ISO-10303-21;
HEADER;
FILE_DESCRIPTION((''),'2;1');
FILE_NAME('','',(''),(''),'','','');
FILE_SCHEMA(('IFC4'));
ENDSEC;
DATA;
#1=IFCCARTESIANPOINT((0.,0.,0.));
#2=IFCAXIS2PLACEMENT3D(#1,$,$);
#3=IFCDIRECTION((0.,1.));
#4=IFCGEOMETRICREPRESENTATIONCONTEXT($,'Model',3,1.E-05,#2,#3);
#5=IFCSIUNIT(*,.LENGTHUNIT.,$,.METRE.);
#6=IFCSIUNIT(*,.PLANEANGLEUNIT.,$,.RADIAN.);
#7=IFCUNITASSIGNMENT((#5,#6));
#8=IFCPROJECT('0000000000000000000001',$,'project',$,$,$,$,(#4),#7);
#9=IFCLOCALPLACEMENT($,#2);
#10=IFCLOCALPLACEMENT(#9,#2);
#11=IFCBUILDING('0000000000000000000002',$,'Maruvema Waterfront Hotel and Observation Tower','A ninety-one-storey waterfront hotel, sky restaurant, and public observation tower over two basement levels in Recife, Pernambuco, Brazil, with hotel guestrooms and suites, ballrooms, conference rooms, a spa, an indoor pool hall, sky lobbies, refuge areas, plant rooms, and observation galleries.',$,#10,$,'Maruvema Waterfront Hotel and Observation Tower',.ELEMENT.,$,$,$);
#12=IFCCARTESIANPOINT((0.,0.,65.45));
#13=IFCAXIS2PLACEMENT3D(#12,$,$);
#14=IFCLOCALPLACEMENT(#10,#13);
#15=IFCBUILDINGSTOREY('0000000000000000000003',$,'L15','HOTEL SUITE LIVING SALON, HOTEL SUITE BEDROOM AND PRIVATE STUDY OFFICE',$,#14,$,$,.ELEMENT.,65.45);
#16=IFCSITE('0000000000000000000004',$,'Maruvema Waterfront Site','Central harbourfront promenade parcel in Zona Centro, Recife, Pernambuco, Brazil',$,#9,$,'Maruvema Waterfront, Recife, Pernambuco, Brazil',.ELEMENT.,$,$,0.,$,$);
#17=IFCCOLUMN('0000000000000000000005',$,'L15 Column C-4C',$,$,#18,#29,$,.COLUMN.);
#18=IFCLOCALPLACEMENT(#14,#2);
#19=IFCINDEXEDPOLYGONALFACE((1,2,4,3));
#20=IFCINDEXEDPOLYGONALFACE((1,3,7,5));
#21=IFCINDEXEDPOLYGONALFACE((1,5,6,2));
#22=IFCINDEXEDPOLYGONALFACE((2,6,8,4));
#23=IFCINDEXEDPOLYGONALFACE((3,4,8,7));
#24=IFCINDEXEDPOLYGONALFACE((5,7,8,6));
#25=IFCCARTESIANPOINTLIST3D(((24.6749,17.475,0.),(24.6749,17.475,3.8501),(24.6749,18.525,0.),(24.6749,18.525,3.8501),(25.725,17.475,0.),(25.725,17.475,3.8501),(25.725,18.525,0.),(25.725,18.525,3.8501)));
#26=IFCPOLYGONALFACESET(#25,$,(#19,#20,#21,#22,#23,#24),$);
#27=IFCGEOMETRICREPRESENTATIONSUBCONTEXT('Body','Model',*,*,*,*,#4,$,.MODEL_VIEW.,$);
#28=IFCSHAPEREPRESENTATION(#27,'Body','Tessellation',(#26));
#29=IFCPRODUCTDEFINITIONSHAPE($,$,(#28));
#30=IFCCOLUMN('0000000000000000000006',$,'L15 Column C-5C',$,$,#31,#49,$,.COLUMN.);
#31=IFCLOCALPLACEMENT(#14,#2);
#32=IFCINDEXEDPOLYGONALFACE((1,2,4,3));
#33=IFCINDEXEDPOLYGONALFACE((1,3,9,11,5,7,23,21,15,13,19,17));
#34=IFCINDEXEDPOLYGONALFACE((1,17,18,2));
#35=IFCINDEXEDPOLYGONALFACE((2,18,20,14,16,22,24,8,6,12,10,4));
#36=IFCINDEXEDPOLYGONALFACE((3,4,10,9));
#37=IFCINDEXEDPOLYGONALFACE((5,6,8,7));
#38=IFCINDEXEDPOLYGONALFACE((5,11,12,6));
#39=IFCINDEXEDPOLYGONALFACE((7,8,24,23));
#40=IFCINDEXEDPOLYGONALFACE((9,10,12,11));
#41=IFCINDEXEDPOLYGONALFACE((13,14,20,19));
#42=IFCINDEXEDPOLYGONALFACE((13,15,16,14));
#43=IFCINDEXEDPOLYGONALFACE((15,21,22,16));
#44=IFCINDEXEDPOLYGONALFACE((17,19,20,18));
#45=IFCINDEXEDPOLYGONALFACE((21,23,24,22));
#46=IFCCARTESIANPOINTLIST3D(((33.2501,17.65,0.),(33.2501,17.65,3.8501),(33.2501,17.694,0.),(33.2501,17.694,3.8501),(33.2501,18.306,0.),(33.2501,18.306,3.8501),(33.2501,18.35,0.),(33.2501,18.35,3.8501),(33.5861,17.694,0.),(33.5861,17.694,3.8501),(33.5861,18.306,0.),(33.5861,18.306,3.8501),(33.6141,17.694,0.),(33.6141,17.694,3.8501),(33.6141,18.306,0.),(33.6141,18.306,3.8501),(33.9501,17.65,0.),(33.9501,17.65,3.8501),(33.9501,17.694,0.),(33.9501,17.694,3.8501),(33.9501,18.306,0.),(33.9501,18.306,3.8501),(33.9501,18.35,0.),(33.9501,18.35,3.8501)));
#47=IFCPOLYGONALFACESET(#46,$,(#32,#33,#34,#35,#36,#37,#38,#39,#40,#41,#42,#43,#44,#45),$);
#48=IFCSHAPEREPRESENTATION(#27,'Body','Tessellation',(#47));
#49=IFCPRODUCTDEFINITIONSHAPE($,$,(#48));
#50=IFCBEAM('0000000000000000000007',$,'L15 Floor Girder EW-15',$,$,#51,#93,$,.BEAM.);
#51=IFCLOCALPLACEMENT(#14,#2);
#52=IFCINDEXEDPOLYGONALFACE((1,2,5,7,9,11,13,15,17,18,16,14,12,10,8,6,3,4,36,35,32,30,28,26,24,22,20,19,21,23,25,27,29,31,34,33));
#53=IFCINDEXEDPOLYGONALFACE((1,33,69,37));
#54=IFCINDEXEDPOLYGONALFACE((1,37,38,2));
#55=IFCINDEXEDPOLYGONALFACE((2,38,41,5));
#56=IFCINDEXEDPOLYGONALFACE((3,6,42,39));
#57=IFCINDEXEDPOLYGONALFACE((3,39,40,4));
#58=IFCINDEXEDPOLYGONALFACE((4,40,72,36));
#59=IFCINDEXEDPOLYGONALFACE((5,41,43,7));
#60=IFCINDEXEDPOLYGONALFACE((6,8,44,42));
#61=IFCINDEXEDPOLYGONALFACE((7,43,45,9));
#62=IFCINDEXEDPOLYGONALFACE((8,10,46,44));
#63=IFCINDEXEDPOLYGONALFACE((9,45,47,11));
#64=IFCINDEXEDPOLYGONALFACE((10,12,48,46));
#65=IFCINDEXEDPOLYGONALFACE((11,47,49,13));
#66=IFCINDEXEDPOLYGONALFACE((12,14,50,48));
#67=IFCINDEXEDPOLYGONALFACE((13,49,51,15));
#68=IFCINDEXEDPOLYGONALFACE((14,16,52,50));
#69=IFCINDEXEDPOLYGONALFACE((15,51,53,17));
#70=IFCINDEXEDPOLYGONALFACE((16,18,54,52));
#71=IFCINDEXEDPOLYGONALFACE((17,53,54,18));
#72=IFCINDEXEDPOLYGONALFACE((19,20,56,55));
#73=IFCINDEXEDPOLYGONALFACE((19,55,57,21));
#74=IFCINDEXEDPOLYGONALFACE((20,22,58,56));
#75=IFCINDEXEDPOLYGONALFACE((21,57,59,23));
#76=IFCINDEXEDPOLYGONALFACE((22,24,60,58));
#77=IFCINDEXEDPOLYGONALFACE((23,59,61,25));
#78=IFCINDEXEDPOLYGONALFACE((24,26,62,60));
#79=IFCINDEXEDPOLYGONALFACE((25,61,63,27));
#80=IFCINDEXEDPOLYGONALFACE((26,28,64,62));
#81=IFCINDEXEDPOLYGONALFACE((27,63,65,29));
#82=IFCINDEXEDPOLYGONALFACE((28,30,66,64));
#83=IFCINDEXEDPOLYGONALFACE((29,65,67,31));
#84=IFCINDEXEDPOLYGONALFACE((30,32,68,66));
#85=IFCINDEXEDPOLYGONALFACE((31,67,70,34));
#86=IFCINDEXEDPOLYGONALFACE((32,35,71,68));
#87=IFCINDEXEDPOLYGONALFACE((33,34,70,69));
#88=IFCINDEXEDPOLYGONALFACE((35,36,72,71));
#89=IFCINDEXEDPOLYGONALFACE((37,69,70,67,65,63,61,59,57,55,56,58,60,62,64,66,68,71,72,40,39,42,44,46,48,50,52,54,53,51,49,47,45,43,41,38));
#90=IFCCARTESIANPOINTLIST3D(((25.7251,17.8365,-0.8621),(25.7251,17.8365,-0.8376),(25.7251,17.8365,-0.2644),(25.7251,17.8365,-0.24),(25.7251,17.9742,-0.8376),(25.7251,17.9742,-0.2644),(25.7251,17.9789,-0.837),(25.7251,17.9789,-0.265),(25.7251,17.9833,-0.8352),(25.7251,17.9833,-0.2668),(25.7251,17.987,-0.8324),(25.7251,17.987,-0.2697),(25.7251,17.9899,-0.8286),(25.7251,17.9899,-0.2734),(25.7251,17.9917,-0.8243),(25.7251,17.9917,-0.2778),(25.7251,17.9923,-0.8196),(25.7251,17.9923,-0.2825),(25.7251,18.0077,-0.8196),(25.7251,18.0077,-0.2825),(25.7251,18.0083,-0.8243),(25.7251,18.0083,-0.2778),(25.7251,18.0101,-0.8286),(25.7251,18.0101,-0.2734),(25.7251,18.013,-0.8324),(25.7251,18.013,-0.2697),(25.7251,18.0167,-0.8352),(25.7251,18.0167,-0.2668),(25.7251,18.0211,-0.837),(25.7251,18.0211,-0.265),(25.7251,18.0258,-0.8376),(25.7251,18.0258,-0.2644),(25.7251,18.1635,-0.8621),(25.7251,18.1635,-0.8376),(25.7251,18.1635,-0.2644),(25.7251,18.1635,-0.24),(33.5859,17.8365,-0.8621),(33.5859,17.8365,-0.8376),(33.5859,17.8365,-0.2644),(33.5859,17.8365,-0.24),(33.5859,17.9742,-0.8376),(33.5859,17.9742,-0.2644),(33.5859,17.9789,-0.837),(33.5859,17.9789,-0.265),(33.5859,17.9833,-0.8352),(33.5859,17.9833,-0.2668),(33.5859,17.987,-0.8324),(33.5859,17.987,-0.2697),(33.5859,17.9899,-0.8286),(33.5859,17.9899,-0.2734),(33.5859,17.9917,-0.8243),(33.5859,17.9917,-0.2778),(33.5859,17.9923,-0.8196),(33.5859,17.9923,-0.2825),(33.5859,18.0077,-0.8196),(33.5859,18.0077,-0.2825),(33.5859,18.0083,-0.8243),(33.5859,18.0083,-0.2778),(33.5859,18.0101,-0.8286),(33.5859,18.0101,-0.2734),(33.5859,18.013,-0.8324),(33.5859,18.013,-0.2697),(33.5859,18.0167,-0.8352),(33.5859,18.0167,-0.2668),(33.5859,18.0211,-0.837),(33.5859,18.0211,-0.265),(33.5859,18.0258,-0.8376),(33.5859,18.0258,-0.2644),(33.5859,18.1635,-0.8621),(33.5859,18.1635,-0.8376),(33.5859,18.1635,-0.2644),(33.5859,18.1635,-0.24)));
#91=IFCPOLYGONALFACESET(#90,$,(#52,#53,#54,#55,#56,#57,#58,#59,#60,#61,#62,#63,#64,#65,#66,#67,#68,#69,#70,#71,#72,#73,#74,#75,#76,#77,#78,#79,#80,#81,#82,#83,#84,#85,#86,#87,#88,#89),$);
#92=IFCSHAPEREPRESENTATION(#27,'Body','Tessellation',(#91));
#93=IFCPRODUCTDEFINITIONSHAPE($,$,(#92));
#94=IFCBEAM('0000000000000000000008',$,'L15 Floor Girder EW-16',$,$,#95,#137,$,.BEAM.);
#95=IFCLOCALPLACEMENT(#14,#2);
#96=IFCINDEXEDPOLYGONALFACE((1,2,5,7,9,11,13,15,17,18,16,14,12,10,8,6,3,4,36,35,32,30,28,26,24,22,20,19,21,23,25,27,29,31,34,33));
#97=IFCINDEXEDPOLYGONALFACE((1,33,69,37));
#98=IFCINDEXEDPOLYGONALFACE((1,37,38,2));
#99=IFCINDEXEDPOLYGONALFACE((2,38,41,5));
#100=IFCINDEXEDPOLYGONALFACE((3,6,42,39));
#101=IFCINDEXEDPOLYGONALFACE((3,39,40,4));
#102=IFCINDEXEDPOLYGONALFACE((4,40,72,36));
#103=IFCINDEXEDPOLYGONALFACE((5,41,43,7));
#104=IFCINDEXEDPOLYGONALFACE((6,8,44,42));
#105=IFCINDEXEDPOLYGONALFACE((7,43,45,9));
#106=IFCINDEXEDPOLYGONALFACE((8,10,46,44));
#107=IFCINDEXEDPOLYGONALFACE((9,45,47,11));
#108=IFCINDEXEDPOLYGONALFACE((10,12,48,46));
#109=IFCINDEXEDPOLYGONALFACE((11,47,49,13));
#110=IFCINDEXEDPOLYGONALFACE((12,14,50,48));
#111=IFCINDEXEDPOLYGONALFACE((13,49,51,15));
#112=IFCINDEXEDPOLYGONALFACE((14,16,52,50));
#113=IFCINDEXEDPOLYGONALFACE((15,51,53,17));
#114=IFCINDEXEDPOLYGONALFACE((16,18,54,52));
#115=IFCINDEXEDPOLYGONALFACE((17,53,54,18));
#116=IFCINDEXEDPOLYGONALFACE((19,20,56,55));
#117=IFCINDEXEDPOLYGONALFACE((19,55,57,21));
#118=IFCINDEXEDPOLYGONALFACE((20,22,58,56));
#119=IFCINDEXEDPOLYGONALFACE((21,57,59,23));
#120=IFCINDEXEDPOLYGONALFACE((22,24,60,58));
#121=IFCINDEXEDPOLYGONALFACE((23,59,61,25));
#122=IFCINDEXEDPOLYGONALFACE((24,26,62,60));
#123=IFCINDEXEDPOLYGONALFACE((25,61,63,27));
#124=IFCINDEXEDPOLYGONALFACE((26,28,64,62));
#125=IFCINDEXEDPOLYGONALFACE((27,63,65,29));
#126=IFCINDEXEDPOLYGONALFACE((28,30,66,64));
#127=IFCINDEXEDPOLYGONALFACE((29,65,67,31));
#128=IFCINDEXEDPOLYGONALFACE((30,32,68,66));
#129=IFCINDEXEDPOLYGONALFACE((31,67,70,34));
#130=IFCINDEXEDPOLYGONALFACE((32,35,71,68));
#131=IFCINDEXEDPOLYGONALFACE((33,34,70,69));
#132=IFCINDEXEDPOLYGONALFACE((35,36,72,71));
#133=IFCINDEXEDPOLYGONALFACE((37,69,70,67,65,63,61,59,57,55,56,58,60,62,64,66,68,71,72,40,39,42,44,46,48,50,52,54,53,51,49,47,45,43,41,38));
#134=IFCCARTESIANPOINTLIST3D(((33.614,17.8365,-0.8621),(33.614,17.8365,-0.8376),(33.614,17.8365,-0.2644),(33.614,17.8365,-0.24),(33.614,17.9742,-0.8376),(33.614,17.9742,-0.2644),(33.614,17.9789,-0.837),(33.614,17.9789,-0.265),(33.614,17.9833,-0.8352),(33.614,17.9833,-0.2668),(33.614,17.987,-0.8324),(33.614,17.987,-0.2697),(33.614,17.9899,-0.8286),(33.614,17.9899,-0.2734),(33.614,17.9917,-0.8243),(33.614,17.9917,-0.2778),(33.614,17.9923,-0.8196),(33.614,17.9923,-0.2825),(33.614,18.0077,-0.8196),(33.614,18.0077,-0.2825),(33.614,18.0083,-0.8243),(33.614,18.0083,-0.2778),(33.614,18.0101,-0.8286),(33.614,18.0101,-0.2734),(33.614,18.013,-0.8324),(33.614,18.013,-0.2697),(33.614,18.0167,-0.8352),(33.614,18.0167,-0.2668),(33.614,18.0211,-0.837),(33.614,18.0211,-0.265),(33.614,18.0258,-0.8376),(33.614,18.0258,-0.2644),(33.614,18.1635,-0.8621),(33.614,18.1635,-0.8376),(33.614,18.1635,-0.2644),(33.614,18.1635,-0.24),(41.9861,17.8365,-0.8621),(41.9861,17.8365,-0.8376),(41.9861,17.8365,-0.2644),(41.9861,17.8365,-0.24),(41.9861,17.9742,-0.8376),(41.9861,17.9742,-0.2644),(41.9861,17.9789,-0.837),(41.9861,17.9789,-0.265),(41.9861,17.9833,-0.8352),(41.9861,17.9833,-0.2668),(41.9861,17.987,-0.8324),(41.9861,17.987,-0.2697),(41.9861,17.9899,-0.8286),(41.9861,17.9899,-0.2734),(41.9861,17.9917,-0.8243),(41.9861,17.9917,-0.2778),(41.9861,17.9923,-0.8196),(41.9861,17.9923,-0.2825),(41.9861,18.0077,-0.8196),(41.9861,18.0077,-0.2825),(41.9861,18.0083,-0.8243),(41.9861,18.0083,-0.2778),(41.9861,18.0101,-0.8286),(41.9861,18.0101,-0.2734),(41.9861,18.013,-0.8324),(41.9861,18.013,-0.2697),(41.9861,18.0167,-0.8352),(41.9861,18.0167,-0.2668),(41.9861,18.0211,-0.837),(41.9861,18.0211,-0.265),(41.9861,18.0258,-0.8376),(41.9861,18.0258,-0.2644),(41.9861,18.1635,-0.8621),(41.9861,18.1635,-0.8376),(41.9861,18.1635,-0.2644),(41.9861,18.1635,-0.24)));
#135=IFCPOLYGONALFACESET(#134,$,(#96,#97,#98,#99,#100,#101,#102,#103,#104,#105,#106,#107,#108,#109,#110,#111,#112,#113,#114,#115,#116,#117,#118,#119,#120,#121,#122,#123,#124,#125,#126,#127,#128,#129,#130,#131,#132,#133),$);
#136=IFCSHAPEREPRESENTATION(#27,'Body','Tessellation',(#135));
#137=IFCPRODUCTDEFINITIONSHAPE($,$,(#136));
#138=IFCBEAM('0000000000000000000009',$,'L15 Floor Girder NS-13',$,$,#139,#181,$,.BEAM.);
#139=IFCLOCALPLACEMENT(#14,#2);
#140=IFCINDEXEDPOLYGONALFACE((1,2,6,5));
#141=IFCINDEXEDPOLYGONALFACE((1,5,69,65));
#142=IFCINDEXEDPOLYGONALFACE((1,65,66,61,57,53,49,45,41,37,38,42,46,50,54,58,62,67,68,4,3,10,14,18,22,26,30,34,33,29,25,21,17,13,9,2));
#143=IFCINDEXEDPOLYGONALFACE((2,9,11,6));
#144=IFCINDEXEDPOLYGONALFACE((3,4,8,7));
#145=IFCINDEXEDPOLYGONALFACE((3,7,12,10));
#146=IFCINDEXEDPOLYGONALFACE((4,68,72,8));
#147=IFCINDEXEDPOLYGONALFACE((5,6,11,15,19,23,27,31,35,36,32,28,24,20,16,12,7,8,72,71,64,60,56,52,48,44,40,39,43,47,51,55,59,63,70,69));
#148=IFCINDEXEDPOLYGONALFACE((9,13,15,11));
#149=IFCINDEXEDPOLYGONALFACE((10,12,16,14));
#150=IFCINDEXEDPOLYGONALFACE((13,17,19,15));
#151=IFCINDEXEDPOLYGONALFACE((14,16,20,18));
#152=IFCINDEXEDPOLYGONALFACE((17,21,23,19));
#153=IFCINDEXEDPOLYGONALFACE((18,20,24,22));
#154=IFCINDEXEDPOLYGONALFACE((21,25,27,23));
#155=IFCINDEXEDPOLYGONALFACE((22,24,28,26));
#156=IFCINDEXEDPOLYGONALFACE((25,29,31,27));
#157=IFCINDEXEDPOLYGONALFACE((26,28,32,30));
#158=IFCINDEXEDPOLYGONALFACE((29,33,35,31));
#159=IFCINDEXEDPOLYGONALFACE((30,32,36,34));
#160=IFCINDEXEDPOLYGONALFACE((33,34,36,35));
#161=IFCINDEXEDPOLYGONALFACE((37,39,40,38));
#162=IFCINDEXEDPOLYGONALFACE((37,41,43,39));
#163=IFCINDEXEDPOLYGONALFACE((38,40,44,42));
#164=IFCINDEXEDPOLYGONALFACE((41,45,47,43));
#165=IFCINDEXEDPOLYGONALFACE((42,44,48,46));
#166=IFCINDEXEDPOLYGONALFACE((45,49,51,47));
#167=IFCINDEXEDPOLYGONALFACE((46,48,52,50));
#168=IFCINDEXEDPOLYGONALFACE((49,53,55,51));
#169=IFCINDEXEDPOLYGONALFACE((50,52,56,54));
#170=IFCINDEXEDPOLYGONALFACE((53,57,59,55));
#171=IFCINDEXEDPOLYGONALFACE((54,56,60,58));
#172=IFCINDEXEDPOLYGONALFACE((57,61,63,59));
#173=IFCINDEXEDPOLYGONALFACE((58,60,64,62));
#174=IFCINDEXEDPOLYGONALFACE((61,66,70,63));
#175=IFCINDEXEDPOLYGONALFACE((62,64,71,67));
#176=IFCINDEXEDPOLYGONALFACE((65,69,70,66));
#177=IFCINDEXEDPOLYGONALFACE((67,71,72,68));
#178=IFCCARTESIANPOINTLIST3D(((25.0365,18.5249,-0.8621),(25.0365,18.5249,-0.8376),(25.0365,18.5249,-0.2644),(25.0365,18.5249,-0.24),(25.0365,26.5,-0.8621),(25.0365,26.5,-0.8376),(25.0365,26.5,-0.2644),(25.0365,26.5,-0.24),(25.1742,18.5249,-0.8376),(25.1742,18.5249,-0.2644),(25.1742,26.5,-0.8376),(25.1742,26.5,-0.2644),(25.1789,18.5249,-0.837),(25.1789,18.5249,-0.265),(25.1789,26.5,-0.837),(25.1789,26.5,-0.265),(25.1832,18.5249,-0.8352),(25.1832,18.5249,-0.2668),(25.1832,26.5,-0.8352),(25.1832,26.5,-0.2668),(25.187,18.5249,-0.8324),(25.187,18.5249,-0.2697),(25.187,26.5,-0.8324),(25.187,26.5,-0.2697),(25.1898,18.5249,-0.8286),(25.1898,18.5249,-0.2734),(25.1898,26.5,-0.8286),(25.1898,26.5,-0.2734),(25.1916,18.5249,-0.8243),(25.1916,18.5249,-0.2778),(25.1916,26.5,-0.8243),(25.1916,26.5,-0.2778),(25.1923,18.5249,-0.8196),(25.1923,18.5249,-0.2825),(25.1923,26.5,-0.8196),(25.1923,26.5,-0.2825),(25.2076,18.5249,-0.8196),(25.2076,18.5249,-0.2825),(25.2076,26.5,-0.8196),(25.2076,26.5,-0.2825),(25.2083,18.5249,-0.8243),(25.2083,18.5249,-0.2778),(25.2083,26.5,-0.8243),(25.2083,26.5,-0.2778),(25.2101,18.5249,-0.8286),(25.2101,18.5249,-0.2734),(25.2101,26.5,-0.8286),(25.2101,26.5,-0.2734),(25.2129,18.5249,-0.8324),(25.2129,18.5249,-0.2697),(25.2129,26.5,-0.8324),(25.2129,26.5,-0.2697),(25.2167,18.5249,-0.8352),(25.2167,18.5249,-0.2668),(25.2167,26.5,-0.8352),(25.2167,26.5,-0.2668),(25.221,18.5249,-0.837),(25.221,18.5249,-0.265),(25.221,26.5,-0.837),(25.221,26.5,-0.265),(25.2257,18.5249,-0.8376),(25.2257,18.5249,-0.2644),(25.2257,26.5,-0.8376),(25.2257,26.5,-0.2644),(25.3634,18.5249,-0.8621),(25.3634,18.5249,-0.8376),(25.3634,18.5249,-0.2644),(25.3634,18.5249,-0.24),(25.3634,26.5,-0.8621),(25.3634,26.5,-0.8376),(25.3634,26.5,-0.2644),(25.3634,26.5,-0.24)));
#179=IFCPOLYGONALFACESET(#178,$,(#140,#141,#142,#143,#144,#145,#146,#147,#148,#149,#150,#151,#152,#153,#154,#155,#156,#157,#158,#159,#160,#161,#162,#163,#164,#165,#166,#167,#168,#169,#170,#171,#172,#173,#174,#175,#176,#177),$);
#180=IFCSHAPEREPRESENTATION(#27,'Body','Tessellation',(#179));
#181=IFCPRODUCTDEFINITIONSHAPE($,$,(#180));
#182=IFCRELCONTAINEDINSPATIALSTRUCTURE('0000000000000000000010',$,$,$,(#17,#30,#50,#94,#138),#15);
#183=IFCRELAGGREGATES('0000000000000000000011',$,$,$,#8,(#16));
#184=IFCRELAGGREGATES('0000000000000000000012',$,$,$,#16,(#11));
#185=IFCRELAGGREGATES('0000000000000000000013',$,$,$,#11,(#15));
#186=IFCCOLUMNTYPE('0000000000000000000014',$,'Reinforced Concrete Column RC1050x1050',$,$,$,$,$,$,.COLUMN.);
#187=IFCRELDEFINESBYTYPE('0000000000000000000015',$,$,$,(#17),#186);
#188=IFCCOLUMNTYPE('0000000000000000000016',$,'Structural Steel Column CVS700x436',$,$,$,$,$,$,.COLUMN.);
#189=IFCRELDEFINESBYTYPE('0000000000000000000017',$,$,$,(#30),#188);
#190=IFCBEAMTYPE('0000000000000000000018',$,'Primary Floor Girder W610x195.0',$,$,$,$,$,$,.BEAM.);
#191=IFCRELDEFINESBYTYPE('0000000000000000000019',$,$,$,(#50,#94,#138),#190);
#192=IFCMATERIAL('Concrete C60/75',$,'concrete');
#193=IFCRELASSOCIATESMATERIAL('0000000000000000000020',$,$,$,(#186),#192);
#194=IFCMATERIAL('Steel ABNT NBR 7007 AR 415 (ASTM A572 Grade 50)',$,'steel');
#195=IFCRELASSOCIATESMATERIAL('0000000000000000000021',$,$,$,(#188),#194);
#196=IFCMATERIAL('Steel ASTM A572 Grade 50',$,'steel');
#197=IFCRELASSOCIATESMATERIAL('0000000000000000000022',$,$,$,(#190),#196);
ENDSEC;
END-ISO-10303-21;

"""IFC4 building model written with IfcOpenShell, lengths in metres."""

from ifc_helpers import new_model, si_unit, direction, frame, origin, origin_2d, place, context, subcontext, project, spatial, rectangle, i_section, extrude, material, material_profile, profile_set, type_object, element, save


model = new_model("IFC4")

# Units and contexts
model_context = context("Model", 3, precision=1e-05, world=origin(), true_north=direction((0.0, 1.0)))
body_context = subcontext(model_context, "Body", "Model", "MODEL_VIEW")
ifc_project = project(units=[si_unit("LENGTHUNIT", "METRE"), si_unit("PLANEANGLEUNIT", "RADIAN")], contexts=[model_context])

# Site, building, storey
site_placement = place(None, origin())
site = spatial("IfcSite", under=ifc_project, at=site_placement, Name="Maruvema Waterfront Site", Description="Central harbourfront promenade parcel in Zona Centro, Recife, Pernambuco, Brazil", LongName="Maruvema Waterfront, Recife, Pernambuco, Brazil", CompositionType="ELEMENT", RefElevation=0.0)
building_placement = place(site_placement, origin())
building = spatial("IfcBuilding", under=site, at=building_placement, Name="Maruvema Waterfront Hotel and Observation Tower", Description="A ninety-one-storey waterfront hotel, sky restaurant, and public observation tower over two basement levels in Recife, Pernambuco, Brazil, with hotel guestrooms and suites, ballrooms, conference rooms, a spa, an indoor pool hall, sky lobbies, refuge areas, plant rooms, and observation galleries.", LongName="Maruvema Waterfront Hotel and Observation Tower", CompositionType="ELEMENT")
storey_placement = place(building_placement, frame((0.0, 0.0, 65.45)))
storey = spatial("IfcBuildingStorey", under=building, at=storey_placement, Name="L15", Description="HOTEL SUITE LIVING SALON, HOTEL SUITE BEDROOM AND PRIVATE STUDY OFFICE", CompositionType="ELEMENT", Elevation=65.45)

# Columns
ifc_material_1 = material(Name="Concrete C60/75", Category="concrete")
ifc_material_profile_1 = material_profile(ifc_material_1, rectangle(XDim=1.05, YDim=1.05, at=origin_2d()), Name="RC1050x1050")
ifc_profile_set_1 = profile_set([ifc_material_profile_1], Name="Concrete C60/75")
column_type_1 = type_object("IfcColumnType", Name="Reinforced Concrete Column RC1050x1050", PredefinedType="COLUMN", material=ifc_profile_set_1)
column_1_placement = place(storey_placement, frame((25.2, 18.0, 0.0), z_axis=(0.0, 0.0, 1.0), x_axis=(1.0, 0.0, 0.0)))
element("IfcColumn", 1, at=column_1_placement, inside=storey, type_object=column_type_1, Name="L15 Column C-4C", PredefinedType="COLUMN", context=body_context, shape_type="SweptSolid", body=[
    extrude(rectangle(XDim=1.05, YDim=1.05, at=origin_2d()), origin(), (0.0, 0.0, 1.0), 3.8501),
])
ifc_material_2 = material(Name="Steel ABNT NBR 7007 AR 415 (ASTM A572 Grade 50)", Category="steel")
ifc_material_profile_2 = material_profile(ifc_material_2, i_section(OverallWidth=0.7, OverallDepth=0.7, WebThickness=0.0281, FlangeThickness=0.0439, at=origin_2d()), Name="CVS700x436")
ifc_profile_set_2 = profile_set([ifc_material_profile_2], Name="Steel ABNT NBR 7007 AR 415 (ASTM A572 Grade 50)")
column_type_2 = type_object("IfcColumnType", Name="Structural Steel Column CVS700x436", PredefinedType="COLUMN", material=ifc_profile_set_2)
column_2_placement = place(storey_placement, frame((33.6001, 18.0, 0.0), z_axis=(0.0, 0.0, 1.0), x_axis=(1.0, 0.0, 0.0)))
element("IfcColumn", 2, at=column_2_placement, inside=storey, type_object=column_type_2, Name="L15 Column C-5C", PredefinedType="COLUMN", context=body_context, shape_type="SweptSolid", body=[
    extrude(i_section(OverallWidth=0.7, OverallDepth=0.7, WebThickness=0.0281, FlangeThickness=0.0439, at=origin_2d()), origin(), (0.0, 0.0, 1.0), 3.8501),
])

# Beams
ifc_material_3 = material(Name="Steel ASTM A572 Grade 50", Category="steel")
ifc_material_profile_3 = material_profile(ifc_material_3, i_section(OverallWidth=0.3269, OverallDepth=0.6221, WebThickness=0.0154, FlangeThickness=0.0244, FilletRadius=0.0181, at=origin_2d()), Name="W610x195.0")
ifc_profile_set_3 = profile_set([ifc_material_profile_3], Name="Steel ASTM A572 Grade 50")
beam_type_1 = type_object("IfcBeamType", Name="Primary Floor Girder W610x195.0", PredefinedType="BEAM", material=ifc_profile_set_3)
beam_1_placement = place(storey_placement, frame((25.7251, 18.0, -0.551), z_axis=(1.0, 0.0, 0.0), x_axis=(0.0, 1.0, 0.0)))
element("IfcBeam", 3, at=beam_1_placement, inside=storey, type_object=beam_type_1, Name="L15 Floor Girder EW-15", PredefinedType="BEAM", context=body_context, shape_type="SweptSolid", body=[
    extrude(i_section(OverallWidth=0.3269, OverallDepth=0.6221, WebThickness=0.0154, FlangeThickness=0.0244, FilletRadius=0.0181, at=origin_2d()), origin(), (0.0, 0.0, 1.0), 7.8608),
])
beam_2_placement = place(storey_placement, frame((33.614, 18.0, -0.551), z_axis=(1.0, 0.0, 0.0), x_axis=(0.0, 1.0, 0.0)))
element("IfcBeam", 4, at=beam_2_placement, inside=storey, type_object=beam_type_1, Name="L15 Floor Girder EW-16", PredefinedType="BEAM", context=body_context, shape_type="SweptSolid", body=[
    extrude(i_section(OverallWidth=0.3269, OverallDepth=0.6221, WebThickness=0.0154, FlangeThickness=0.0244, FilletRadius=0.0181, at=origin_2d()), origin(), (0.0, 0.0, 1.0), 8.3721),
])
beam_3_placement = place(storey_placement, frame((25.2, 18.5249, -0.551), z_axis=(0.0, 1.0, 0.0), x_axis=(-1.0, 0.0, 0.0)))
element("IfcBeam", 5, at=beam_3_placement, inside=storey, type_object=beam_type_1, Name="L15 Floor Girder NS-13", PredefinedType="BEAM", context=body_context, shape_type="SweptSolid", body=[
    extrude(i_section(OverallWidth=0.3269, OverallDepth=0.6221, WebThickness=0.0154, FlangeThickness=0.0244, FilletRadius=0.0181, at=origin_2d()), origin(), (0.0, 0.0, 1.0), 7.9751),
])

save(model, "model.ifc")
